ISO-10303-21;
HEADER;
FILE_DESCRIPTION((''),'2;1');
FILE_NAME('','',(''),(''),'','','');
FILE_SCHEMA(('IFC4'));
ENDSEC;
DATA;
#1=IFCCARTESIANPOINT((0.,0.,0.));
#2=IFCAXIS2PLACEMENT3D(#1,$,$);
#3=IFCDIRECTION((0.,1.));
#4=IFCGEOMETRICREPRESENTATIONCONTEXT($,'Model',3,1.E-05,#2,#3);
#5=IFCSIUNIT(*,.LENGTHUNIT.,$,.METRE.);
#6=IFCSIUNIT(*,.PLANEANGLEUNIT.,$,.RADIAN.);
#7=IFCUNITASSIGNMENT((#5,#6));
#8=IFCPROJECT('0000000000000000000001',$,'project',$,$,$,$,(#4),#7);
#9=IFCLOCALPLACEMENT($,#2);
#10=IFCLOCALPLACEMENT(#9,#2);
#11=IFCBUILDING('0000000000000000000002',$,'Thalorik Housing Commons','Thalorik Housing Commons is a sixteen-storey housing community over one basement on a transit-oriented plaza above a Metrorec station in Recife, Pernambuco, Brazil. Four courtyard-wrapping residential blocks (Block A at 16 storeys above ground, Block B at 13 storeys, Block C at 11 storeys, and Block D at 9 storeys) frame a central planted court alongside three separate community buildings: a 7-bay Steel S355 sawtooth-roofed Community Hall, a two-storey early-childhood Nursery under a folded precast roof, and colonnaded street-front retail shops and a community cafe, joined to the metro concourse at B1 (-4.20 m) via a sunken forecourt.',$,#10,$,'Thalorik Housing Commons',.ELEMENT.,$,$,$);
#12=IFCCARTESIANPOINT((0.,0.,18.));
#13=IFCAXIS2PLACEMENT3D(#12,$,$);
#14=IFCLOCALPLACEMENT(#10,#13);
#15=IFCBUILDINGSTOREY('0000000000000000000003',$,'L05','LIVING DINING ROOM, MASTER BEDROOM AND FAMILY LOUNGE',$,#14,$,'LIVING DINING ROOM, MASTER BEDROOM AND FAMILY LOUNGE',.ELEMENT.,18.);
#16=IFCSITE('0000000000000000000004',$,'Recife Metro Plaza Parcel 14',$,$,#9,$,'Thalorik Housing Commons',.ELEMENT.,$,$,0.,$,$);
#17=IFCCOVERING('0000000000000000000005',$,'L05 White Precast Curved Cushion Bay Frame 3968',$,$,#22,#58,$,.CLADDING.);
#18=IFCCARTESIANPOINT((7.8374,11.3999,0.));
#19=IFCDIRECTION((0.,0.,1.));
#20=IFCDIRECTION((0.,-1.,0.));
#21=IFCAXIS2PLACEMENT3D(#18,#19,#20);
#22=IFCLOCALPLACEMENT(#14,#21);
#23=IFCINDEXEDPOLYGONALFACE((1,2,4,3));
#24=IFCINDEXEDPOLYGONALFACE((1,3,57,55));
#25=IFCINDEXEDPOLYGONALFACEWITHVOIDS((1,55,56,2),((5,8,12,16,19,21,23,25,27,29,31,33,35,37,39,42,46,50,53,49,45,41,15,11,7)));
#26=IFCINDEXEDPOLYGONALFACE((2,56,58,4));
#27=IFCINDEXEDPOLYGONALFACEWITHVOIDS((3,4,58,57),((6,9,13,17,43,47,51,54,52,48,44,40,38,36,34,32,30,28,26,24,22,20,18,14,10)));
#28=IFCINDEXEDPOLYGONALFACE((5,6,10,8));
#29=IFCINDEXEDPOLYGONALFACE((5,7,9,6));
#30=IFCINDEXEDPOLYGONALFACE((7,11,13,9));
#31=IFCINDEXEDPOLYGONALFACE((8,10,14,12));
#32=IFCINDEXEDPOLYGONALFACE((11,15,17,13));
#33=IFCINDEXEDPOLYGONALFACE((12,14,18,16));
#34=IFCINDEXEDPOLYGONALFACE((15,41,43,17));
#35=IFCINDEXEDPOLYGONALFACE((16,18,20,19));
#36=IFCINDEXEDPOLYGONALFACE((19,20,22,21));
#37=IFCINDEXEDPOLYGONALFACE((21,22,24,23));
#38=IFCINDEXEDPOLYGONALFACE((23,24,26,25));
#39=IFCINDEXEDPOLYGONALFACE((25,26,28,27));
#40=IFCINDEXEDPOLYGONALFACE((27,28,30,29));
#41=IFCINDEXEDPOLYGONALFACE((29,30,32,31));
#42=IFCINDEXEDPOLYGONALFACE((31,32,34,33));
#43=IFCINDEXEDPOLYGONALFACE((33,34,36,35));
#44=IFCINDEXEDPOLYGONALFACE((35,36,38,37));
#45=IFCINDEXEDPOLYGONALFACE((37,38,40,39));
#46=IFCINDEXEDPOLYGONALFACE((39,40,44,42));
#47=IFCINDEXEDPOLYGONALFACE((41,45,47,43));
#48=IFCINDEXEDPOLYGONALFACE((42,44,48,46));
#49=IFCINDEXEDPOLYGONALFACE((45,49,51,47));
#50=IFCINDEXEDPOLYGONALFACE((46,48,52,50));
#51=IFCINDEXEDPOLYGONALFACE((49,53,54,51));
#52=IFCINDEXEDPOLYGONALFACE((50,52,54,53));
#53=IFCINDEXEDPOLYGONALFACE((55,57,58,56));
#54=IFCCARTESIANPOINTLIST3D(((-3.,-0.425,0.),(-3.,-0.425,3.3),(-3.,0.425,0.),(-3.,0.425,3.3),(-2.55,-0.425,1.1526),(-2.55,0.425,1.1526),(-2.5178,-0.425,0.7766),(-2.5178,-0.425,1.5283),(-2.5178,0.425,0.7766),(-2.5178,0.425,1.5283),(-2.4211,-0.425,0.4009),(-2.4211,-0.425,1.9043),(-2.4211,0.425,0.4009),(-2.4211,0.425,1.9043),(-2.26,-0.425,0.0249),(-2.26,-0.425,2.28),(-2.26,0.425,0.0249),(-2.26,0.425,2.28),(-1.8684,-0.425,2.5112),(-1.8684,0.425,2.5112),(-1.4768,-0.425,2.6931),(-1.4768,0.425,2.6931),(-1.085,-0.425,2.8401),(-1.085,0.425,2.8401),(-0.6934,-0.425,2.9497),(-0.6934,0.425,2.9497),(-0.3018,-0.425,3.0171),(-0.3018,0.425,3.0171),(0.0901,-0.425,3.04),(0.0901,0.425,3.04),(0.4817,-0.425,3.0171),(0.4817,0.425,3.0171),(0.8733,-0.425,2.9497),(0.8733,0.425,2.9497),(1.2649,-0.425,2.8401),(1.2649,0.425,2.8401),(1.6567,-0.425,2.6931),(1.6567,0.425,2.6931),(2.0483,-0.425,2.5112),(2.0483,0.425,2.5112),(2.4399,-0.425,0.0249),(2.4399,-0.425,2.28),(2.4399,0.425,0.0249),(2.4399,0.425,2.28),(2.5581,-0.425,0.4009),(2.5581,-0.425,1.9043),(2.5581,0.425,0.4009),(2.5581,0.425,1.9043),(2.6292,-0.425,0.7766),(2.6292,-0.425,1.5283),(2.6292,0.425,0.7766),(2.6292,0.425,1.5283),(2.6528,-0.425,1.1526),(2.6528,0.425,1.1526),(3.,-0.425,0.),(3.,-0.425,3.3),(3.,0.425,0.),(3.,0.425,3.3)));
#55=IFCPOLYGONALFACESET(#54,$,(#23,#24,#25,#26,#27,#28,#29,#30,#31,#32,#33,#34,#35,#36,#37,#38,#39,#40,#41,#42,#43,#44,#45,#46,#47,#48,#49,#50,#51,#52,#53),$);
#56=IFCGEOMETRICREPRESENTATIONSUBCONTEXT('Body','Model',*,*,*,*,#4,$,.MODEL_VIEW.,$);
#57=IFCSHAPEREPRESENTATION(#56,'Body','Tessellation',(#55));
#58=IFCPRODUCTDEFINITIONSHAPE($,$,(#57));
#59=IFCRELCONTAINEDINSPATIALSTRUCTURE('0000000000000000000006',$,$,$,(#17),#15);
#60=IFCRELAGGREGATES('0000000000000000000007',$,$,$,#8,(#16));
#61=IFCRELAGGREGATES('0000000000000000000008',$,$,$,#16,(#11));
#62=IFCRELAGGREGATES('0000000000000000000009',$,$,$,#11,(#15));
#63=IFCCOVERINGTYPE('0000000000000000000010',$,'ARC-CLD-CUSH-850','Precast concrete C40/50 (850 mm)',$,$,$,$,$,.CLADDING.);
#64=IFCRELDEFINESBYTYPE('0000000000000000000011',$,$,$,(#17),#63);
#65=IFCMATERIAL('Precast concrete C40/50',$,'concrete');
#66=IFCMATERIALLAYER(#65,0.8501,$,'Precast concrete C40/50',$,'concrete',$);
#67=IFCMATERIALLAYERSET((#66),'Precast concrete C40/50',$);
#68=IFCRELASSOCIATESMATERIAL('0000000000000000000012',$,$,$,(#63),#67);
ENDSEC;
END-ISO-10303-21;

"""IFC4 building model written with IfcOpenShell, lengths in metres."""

from ifc_helpers import new_model, si_unit, direction, frame, origin, place, context, subcontext, project, spatial, polyline, outline, extrude, material, layer, layer_set, type_object, element, save


model = new_model("IFC4")

# Units and contexts
model_context = context("Model", 3, precision=1e-05, world=origin(), true_north=direction((0.0, 1.0)))
body_context = subcontext(model_context, "Body", "Model", "MODEL_VIEW")
ifc_project = project(units=[si_unit("LENGTHUNIT", "METRE"), si_unit("PLANEANGLEUNIT", "RADIAN")], contexts=[model_context])

# Site, building, storey
site_placement = place(None, origin())
site = spatial("IfcSite", under=ifc_project, at=site_placement, Name="Recife Metro Plaza Parcel 14", LongName="Thalorik Housing Commons", CompositionType="ELEMENT", RefElevation=0.0)
building_placement = place(site_placement, origin())
building = spatial("IfcBuilding", under=site, at=building_placement, Name="Thalorik Housing Commons", Description="Thalorik Housing Commons is a sixteen-storey housing community over one basement on a transit-oriented plaza above a Metrorec station in Recife, Pernambuco, Brazil. Four courtyard-wrapping residential blocks (Block A at 16 storeys above ground, Block B at 13 storeys, Block C at 11 storeys, and Block D at 9 storeys) frame a central planted court alongside three separate community buildings: a 7-bay Steel S355 sawtooth-roofed Community Hall, a two-storey early-childhood Nursery under a folded precast roof, and colonnaded street-front retail shops and a community cafe, joined to the metro concourse at B1 (-4.20 m) via a sunken forecourt.", LongName="Thalorik Housing Commons", CompositionType="ELEMENT")
storey_placement = place(building_placement, frame((0.0, 0.0, 18.0)))
storey = spatial("IfcBuildingStorey", under=building, at=storey_placement, Name="L05", Description="LIVING DINING ROOM, MASTER BEDROOM AND FAMILY LOUNGE", LongName="LIVING DINING ROOM, MASTER BEDROOM AND FAMILY LOUNGE", CompositionType="ELEMENT", Elevation=18.0)

# Shared definitions
ifc_material_1 = material(Name="Precast concrete C40/50", Category="concrete")

# Covering
ifc_layer_1 = layer(ifc_material_1, 0.8501, Name="Precast concrete C40/50", Category="concrete")
ifc_layer_set_1 = layer_set([ifc_layer_1], Name="Precast concrete C40/50")
covering_type_1 = type_object("IfcCoveringType", Name="ARC-CLD-CUSH-850", Description="Precast concrete C40/50 (850 mm)", PredefinedType="CLADDING", material=ifc_layer_set_1)
covering_1_placement = place(storey_placement, frame((7.8374, 11.3999, 0.0), z_axis=(0.0, 0.0, 1.0), x_axis=(0.0, -1.0, 0.0)))
element("IfcCovering", 1, at=covering_1_placement, inside=storey, type_object=covering_type_1, Name="L05 White Precast Curved Cushion Bay Frame 3968", PredefinedType="CLADDING", context=body_context, shape_type="SweptSolid", body=[
    extrude(outline(polyline([(-3.0, 0.0), (3.0, 0.0), (3.0, 3.3), (-3.0, 3.3), (-3.0, 0.0)]), holes=[polyline([(2.4399, 0.0249), (2.5581, 0.4009), (2.6292, 0.7766), (2.6528, 1.1526), (2.6292, 1.5283), (2.5581, 1.9043), (2.4399, 2.28), (2.0483, 2.5112), (1.6567, 2.6931), (1.2649, 2.8401), (0.8733, 2.9497), (0.4817, 3.0171), (0.0901, 3.04), (-0.3018, 3.0171), (-0.6934, 2.9497), (-1.085, 2.8401), (-1.4768, 2.6931), (-1.8684, 2.5112), (-2.26, 2.28), (-2.4211, 1.9043), (-2.5178, 1.5283), (-2.55, 1.1526), (-2.5178, 0.7766), (-2.4211, 0.4009), (-2.26, 0.0249), (2.4399, 0.0249)])]), frame((0.0, 0.425, 0.0), z_axis=(0.0, -1.0, 0.0), x_axis=(1.0, 0.0, 0.0)), (0.0, 0.0, 1.0), 0.8501),
])

save(model, "model.ifc")
